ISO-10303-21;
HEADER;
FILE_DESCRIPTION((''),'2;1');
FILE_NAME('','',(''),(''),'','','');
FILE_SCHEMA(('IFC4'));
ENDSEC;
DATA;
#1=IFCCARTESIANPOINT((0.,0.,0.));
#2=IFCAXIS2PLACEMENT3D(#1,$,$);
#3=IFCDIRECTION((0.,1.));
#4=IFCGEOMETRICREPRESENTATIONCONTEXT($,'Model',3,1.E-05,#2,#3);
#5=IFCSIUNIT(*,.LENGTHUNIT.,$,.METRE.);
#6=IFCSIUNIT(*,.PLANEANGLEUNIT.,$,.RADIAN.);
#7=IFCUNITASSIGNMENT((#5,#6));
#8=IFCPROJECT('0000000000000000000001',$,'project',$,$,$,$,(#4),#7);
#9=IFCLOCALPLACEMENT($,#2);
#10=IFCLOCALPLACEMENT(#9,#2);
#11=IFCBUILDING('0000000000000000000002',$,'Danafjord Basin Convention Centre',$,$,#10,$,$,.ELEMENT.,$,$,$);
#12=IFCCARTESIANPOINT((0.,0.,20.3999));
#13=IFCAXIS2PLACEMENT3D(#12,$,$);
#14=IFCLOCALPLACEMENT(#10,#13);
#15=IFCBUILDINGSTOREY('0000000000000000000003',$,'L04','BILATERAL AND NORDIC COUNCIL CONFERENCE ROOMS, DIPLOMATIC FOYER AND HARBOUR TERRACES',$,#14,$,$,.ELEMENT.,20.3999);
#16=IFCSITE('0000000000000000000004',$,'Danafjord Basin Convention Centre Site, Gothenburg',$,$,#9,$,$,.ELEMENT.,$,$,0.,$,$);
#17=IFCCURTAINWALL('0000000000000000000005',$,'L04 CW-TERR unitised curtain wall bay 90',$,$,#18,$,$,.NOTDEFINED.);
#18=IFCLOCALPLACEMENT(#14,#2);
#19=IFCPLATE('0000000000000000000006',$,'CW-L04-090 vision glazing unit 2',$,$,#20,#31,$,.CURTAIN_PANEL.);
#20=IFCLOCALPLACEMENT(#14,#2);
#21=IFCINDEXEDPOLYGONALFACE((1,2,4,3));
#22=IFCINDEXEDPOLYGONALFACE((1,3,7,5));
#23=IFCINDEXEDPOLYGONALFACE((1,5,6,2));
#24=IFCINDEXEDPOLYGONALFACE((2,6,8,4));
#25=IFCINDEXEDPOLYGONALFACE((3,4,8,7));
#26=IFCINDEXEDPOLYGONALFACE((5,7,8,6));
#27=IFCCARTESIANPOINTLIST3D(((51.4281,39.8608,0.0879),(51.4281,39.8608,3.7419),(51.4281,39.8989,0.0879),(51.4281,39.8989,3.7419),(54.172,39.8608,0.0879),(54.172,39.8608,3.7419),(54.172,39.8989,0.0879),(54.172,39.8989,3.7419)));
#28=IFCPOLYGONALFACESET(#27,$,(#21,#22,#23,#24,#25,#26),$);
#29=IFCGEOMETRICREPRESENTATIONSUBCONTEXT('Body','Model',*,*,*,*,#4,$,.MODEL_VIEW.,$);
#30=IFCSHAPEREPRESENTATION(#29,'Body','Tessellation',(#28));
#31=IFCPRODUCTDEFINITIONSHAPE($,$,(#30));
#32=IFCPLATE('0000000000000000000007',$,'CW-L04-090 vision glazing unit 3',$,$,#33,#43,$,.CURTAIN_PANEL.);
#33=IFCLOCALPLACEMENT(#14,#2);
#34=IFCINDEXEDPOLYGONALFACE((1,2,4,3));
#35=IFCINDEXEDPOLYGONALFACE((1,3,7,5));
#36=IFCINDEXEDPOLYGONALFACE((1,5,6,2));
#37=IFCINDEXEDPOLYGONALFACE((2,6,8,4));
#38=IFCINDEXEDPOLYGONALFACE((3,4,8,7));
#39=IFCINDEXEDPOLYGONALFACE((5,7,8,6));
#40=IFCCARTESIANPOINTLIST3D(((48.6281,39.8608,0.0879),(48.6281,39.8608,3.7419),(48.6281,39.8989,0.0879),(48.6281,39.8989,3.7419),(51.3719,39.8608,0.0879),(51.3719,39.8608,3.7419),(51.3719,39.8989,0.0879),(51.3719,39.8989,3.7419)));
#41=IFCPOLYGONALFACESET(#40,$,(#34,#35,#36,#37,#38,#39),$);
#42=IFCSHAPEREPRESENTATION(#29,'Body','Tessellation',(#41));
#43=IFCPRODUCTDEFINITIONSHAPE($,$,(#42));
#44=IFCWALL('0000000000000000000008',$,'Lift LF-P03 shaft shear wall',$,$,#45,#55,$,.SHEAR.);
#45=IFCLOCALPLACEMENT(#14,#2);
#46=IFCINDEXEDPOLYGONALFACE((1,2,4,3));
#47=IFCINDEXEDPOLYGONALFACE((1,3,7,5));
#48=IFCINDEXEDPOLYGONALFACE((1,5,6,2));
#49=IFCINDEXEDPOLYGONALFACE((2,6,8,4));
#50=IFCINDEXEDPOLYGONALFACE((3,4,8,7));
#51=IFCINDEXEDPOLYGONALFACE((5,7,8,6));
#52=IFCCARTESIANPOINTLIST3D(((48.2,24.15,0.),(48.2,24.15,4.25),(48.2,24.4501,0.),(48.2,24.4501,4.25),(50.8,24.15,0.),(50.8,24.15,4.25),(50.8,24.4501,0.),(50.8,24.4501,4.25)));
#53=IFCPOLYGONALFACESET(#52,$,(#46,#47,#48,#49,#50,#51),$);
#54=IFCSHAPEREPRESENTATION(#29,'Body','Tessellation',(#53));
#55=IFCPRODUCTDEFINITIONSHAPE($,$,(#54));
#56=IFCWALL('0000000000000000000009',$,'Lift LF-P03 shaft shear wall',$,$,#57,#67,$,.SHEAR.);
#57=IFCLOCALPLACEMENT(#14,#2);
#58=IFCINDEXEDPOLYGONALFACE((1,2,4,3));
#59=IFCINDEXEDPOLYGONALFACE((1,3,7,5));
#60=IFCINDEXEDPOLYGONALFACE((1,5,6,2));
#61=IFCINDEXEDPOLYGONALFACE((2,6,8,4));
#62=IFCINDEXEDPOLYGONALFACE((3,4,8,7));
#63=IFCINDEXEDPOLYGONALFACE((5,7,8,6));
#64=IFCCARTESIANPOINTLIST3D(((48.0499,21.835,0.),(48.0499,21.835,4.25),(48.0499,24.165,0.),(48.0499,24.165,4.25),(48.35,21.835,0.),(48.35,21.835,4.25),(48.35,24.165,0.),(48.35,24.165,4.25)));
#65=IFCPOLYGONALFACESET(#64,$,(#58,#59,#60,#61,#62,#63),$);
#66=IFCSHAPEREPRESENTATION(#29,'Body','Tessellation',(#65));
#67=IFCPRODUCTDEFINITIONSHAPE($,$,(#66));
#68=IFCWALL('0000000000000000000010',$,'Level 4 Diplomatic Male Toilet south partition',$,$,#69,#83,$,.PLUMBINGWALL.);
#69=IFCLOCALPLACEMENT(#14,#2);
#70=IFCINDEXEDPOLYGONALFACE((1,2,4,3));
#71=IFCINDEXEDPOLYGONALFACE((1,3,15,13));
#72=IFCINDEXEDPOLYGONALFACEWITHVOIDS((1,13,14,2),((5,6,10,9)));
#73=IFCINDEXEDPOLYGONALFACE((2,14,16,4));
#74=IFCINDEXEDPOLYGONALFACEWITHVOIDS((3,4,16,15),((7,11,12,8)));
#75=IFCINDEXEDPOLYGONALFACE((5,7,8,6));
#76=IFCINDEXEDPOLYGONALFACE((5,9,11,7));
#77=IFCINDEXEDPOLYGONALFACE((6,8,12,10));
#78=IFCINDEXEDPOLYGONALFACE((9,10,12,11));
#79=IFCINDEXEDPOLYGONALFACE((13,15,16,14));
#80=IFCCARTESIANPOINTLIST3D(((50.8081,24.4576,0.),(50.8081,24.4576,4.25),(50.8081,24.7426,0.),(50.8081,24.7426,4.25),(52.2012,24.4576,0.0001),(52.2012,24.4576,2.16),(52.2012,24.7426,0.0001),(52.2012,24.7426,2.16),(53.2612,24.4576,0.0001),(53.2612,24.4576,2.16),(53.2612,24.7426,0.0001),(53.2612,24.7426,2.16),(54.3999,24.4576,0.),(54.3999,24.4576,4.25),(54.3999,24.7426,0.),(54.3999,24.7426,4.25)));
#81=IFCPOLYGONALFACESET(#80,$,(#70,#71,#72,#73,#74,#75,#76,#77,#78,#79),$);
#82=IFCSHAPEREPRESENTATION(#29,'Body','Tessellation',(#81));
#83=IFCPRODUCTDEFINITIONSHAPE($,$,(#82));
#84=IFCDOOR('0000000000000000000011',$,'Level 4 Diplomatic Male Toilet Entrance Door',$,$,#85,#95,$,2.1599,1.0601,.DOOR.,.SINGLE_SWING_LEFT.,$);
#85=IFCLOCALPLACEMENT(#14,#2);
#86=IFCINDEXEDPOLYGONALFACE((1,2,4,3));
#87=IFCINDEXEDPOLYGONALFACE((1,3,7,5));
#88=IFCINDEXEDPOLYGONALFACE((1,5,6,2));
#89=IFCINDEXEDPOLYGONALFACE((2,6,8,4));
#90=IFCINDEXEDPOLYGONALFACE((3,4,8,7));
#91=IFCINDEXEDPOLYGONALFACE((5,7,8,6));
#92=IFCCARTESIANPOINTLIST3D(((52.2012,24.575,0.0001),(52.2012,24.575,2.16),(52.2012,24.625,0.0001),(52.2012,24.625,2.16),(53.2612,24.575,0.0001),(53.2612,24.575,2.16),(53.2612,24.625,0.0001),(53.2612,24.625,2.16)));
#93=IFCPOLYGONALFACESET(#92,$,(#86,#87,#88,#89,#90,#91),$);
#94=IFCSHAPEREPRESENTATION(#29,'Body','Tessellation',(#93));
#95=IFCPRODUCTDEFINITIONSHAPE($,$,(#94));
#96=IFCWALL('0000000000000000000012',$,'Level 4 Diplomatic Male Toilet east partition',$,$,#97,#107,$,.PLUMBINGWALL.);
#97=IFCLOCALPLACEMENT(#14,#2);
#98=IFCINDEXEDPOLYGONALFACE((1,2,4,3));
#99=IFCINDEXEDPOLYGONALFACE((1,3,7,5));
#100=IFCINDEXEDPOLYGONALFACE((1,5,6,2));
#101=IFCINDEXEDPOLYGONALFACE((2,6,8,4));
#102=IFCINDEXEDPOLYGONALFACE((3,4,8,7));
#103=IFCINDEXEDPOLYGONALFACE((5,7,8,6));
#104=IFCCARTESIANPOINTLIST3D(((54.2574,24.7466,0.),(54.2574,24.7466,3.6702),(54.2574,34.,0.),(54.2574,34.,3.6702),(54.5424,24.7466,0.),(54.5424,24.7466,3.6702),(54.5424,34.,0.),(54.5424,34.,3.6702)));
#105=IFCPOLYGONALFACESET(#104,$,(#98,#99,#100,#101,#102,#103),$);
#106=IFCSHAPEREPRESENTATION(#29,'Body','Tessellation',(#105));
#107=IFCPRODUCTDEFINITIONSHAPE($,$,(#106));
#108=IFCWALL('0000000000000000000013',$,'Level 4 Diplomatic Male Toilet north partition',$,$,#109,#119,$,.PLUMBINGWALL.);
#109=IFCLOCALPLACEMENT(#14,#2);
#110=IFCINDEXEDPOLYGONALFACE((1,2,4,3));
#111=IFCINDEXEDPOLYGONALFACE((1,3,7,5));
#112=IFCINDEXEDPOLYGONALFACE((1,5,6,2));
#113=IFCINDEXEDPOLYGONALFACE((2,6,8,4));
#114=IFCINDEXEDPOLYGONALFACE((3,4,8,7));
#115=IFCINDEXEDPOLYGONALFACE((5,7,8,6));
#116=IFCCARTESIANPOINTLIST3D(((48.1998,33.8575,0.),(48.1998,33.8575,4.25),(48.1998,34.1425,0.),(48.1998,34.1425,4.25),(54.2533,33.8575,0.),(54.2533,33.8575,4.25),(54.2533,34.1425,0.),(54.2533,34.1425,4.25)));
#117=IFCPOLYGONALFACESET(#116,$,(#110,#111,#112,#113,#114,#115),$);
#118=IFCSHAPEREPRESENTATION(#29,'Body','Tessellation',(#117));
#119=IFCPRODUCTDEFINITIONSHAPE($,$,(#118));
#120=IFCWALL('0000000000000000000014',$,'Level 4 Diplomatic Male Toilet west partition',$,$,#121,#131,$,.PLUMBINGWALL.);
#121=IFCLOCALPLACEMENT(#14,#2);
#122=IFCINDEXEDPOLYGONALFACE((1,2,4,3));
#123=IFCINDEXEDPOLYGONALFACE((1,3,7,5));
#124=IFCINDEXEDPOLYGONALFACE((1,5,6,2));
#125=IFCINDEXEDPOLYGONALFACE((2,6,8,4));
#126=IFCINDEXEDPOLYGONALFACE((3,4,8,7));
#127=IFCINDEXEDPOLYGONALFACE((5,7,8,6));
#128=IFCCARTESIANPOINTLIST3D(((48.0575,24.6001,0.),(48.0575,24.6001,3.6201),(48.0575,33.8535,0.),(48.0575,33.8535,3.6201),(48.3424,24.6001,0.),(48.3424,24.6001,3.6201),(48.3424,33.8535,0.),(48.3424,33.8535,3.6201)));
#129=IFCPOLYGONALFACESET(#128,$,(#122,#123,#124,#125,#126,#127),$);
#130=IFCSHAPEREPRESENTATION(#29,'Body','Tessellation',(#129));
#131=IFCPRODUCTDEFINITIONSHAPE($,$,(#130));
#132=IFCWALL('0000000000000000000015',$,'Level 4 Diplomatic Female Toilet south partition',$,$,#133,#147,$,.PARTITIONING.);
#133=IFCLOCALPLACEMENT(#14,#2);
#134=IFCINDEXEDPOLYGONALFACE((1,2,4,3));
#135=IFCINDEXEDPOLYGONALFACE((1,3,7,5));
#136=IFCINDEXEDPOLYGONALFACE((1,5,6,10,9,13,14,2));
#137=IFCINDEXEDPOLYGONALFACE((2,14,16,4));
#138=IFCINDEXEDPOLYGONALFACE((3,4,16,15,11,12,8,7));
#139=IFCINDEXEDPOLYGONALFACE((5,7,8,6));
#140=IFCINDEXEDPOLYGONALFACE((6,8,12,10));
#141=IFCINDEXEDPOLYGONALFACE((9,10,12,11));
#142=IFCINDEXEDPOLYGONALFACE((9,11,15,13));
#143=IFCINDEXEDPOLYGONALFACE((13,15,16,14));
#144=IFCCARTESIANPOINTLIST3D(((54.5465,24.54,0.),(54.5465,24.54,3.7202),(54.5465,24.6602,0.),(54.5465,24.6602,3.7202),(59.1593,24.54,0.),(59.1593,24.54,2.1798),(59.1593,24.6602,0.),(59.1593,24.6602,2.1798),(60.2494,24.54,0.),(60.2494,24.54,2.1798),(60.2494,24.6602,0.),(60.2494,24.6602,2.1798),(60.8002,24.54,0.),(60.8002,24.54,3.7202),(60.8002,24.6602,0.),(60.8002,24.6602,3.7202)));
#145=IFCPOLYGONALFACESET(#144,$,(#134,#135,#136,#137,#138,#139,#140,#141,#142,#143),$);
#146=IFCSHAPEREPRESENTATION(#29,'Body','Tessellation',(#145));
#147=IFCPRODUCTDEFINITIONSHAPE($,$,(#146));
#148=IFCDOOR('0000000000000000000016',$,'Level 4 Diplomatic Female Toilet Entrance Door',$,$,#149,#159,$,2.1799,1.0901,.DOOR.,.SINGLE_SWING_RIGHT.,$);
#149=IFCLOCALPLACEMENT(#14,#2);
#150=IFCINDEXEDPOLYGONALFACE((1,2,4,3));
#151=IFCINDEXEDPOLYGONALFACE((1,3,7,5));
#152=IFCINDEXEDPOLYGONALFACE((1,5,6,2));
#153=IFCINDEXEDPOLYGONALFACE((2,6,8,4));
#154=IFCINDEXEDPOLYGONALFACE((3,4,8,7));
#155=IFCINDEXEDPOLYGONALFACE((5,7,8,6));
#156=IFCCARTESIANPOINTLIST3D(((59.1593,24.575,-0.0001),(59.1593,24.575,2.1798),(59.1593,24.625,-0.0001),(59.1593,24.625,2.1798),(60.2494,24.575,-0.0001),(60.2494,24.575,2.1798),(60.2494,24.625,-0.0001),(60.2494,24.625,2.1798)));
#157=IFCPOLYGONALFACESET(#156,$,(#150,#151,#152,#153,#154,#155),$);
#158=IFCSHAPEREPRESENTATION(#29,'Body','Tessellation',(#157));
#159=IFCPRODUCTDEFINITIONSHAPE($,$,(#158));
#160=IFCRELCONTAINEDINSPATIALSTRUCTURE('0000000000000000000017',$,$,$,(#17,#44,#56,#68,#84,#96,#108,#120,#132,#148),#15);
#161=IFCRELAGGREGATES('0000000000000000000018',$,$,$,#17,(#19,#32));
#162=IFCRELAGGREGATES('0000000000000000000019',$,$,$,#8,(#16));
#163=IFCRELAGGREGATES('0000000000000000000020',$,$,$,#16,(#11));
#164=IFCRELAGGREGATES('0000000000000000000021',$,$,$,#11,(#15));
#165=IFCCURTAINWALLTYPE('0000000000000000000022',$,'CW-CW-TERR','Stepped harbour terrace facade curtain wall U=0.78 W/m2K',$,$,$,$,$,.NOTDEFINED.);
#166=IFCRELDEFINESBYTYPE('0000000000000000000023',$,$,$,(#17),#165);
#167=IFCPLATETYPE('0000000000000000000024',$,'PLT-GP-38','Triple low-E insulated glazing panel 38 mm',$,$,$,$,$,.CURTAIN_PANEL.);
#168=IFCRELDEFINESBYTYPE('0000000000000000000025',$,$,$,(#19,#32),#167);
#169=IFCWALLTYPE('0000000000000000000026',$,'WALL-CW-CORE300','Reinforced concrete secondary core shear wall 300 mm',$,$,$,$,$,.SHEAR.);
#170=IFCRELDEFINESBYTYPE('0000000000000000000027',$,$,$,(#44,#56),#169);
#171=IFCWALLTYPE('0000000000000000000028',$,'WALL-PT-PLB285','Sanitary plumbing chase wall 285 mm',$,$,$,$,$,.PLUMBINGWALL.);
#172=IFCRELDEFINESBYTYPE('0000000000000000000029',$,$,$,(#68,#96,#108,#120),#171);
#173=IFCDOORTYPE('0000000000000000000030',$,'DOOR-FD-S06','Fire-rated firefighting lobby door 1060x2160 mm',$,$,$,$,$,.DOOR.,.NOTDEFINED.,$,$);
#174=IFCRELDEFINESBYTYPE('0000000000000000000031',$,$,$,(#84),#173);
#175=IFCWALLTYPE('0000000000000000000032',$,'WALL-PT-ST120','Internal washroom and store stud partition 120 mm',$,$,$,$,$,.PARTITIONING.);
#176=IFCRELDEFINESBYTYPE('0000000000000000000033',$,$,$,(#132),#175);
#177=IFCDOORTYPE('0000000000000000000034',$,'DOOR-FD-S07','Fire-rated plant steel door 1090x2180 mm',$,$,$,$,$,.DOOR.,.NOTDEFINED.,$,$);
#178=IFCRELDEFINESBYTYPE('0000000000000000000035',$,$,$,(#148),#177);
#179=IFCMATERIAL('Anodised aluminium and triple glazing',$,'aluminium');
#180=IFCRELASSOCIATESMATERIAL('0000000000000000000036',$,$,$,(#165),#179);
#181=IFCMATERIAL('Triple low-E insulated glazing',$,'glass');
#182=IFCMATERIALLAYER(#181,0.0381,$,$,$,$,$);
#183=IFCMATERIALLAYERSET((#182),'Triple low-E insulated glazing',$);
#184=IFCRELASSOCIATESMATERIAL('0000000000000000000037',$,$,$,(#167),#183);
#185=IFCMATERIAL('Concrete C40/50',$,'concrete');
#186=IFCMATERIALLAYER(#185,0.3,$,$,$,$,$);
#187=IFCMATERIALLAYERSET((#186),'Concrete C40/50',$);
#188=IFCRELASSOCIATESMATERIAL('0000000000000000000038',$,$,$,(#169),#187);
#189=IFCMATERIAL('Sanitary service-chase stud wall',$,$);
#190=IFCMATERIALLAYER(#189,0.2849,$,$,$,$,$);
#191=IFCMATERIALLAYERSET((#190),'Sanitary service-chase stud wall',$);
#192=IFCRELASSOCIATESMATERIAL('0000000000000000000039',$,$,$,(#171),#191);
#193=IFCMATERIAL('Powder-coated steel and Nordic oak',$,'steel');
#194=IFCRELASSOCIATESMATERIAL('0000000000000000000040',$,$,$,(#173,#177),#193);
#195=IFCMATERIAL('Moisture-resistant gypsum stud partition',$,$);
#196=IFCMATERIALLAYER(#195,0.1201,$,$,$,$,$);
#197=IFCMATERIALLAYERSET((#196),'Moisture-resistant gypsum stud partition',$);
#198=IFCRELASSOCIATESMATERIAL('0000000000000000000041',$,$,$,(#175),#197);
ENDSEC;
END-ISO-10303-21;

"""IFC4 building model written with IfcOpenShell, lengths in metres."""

from ifc_helpers import new_model, si_unit, direction, frame, frame_2d, origin, origin_2d, place, context, subcontext, project, spatial, rectangle, extrude, material, layer, layer_set, type_object, element, fill, aggregate, save


model = new_model("IFC4")

# Units and contexts
model_context = context("Model", 3, precision=1e-05, world=origin(), true_north=direction((0.0, 1.0)))
body_context = subcontext(model_context, "Body", "Model", "MODEL_VIEW")
ifc_project = project(units=[si_unit("LENGTHUNIT", "METRE"), si_unit("PLANEANGLEUNIT", "RADIAN")], contexts=[model_context])

# Site, building, storey
site_placement = place(None, origin())
site = spatial("IfcSite", under=ifc_project, at=site_placement, Name="Danafjord Basin Convention Centre Site, Gothenburg", CompositionType="ELEMENT", RefElevation=0.0)
building_placement = place(site_placement, origin())
building = spatial("IfcBuilding", under=site, at=building_placement, Name="Danafjord Basin Convention Centre", CompositionType="ELEMENT")
storey_placement = place(building_placement, frame((0.0, 0.0, 20.3999)))
storey = spatial("IfcBuildingStorey", under=building, at=storey_placement, Name="L04", Description="BILATERAL AND NORDIC COUNCIL CONFERENCE ROOMS, DIPLOMATIC FOYER AND HARBOUR TERRACES", CompositionType="ELEMENT", Elevation=20.3999)

# Curtain wall, plates
ifc_material_1 = material(Name="Anodised aluminium and triple glazing", Category="aluminium")
curtain_wall_type = type_object("IfcCurtainWallType", Name="CW-CW-TERR", Description="Stepped harbour terrace facade curtain wall U=0.78 W/m2K", PredefinedType="NOTDEFINED", material=ifc_material_1)
curtain_wall_placement = place(storey_placement, origin())
curtain_wall = element("IfcCurtainWall", 1, at=curtain_wall_placement, inside=storey, type_object=curtain_wall_type, Name="L04 CW-TERR unitised curtain wall bay 90", PredefinedType="NOTDEFINED")
ifc_material_2 = material(Name="Triple low-E insulated glazing", Category="glass")
ifc_layer_1 = layer(ifc_material_2, 0.0381)
ifc_layer_set_1 = layer_set([ifc_layer_1], Name="Triple low-E insulated glazing")
plate_type = type_object("IfcPlateType", Name="PLT-GP-38", Description="Triple low-E insulated glazing panel 38 mm", PredefinedType="CURTAIN_PANEL", material=ifc_layer_set_1)
plate_1_placement = place(storey_placement, frame((52.8, 39.8799, 0.0879), z_axis=(0.0, 0.0, 1.0), x_axis=(-1.0, 0.0, 0.0)))
plate_1 = element("IfcPlate", 2, at=plate_1_placement, type_object=plate_type, Name="CW-L04-090 vision glazing unit 2", PredefinedType="CURTAIN_PANEL", context=body_context, shape_type="SweptSolid", body=[
    extrude(rectangle(XDim=2.7439, YDim=0.0381, at=origin_2d()), origin(), (0.0, 0.0, 1.0), 3.6541),
])
plate_2_placement = place(storey_placement, frame((50.0, 39.8799, 0.0879), z_axis=(0.0, 0.0, 1.0), x_axis=(-1.0, 0.0, 0.0)))
plate_2 = element("IfcPlate", 3, at=plate_2_placement, type_object=plate_type, Name="CW-L04-090 vision glazing unit 3", PredefinedType="CURTAIN_PANEL", context=body_context, shape_type="SweptSolid", body=[
    extrude(rectangle(XDim=2.7439, YDim=0.0381, at=origin_2d()), origin(), (0.0, 0.0, 1.0), 3.6541),
])
aggregate(curtain_wall, [plate_1, plate_2])

# Walls
ifc_material_3 = material(Name="Concrete C40/50", Category="concrete")
ifc_layer_2 = layer(ifc_material_3, 0.3)
ifc_layer_set_2 = layer_set([ifc_layer_2], Name="Concrete C40/50")
wall_type_1 = type_object("IfcWallType", Name="WALL-CW-CORE300", Description="Reinforced concrete secondary core shear wall 300 mm", PredefinedType="SHEAR", material=ifc_layer_set_2)
wall_1_placement = place(storey_placement, frame((50.8, 24.3, 0.0), z_axis=(0.0, 0.0, 1.0), x_axis=(-1.0, 0.0, 0.0)))
element("IfcWall", 4, at=wall_1_placement, inside=storey, type_object=wall_type_1, Name="Lift LF-P03 shaft shear wall", PredefinedType="SHEAR", context=body_context, shape_type="SweptSolid", body=[
    extrude(rectangle(XDim=2.6001, YDim=0.3, at=frame_2d((1.3, 0.0))), origin(), (0.0, 0.0, 1.0), 4.25),
])
wall_2_placement = place(storey_placement, frame((48.2, 24.165, 0.0), z_axis=(0.0, 0.0, 1.0), x_axis=(0.0, -1.0, 0.0)))
element("IfcWall", 5, at=wall_2_placement, inside=storey, type_object=wall_type_1, Name="Lift LF-P03 shaft shear wall", PredefinedType="SHEAR", context=body_context, shape_type="SweptSolid", body=[
    extrude(rectangle(XDim=2.3301, YDim=0.3, at=frame_2d((1.165, 0.0))), origin(), (0.0, 0.0, 1.0), 4.25),
])

# Wall, opening, door
ifc_material_4 = material(Name="Sanitary service-chase stud wall")
ifc_layer_3 = layer(ifc_material_4, 0.2849)
ifc_layer_set_3 = layer_set([ifc_layer_3], Name="Sanitary service-chase stud wall")
wall_type_2 = type_object("IfcWallType", Name="WALL-PT-PLB285", Description="Sanitary plumbing chase wall 285 mm", PredefinedType="PLUMBINGWALL", material=ifc_layer_set_3)
wall_3_placement = place(storey_placement, frame((50.8081, 24.6001, 0.0), z_axis=(0.0, 0.0, 1.0), x_axis=(1.0, 0.0, 0.0)))
wall_3 = element("IfcWall", 6, at=wall_3_placement, inside=storey, type_object=wall_type_2, Name="Level 4 Diplomatic Male Toilet south partition", PredefinedType="PLUMBINGWALL", context=body_context, shape_type="SweptSolid", body=[
    extrude(rectangle(XDim=3.5918, YDim=0.2849, at=frame_2d((1.7959, 0.0))), origin(), (0.0, 0.0, 1.0), 4.25),
])
opening_1_placement = place(wall_3_placement, frame((1.3931, 0.0, 0.0)))
opening_1 = element("IfcOpeningElement", 7, at=opening_1_placement, cuts=wall_3, PredefinedType="OPENING", context=body_context, shape_type="SweptSolid", body=[
    extrude(rectangle(XDim=1.0601, YDim=2.1599, at=frame_2d((0.53, 1.0801))), frame((0.0, 0.1523, 0.0), z_axis=(0.0, -1.0, 0.0), x_axis=(1.0, 0.0, 0.0)), (0.0, 0.0, 1.0), 0.3049),
])
ifc_material_5 = material(Name="Powder-coated steel and Nordic oak", Category="steel")
door_type_1 = type_object("IfcDoorType", Name="DOOR-FD-S06", Description="Fire-rated firefighting lobby door 1060x2160 mm", OperationType="NOTDEFINED", PredefinedType="DOOR", material=ifc_material_5)
door_1_placement = place(opening_1_placement, origin())
door_1 = element("IfcDoor", 8, at=door_1_placement, inside=storey, type_object=door_type_1, Name="Level 4 Diplomatic Male Toilet Entrance Door", OperationType="SINGLE_SWING_LEFT", OverallHeight=2.1599, OverallWidth=1.0601, PredefinedType="DOOR", context=body_context, shape_type="SweptSolid", body=[
    extrude(rectangle(XDim=1.0601, YDim=2.1599, at=frame_2d((0.53, 1.0801))), frame((0.0, 0.0249, 0.0), z_axis=(0.0, -1.0, 0.0), x_axis=(1.0, 0.0, 0.0)), (0.0, 0.0, 1.0), 0.05),
])
fill(opening_1, door_1)

# Walls
wall_4_placement = place(storey_placement, frame((54.3999, 24.7466, 0.0), z_axis=(0.0, 0.0, 1.0), x_axis=(0.0, 1.0, 0.0)))
element("IfcWall", 9, at=wall_4_placement, inside=storey, type_object=wall_type_2, Name="Level 4 Diplomatic Male Toilet east partition", PredefinedType="PLUMBINGWALL", context=body_context, shape_type="SweptSolid", body=[
    extrude(rectangle(XDim=9.2534, YDim=0.2849, at=frame_2d((4.6267, 0.0))), origin(), (0.0, 0.0, 1.0), 3.6702),
])
wall_5_placement = place(storey_placement, frame((54.2534, 34.0, 0.0), z_axis=(0.0, 0.0, 1.0), x_axis=(-1.0, 0.0, 0.0)))
element("IfcWall", 10, at=wall_5_placement, inside=storey, type_object=wall_type_2, Name="Level 4 Diplomatic Male Toilet north partition", PredefinedType="PLUMBINGWALL", context=body_context, shape_type="SweptSolid", body=[
    extrude(rectangle(XDim=6.0535, YDim=0.2849, at=frame_2d((3.0269, 0.0))), origin(), (0.0, 0.0, 1.0), 4.25),
])
wall_6_placement = place(storey_placement, frame((48.2, 33.8535, 0.0), z_axis=(0.0, 0.0, 1.0), x_axis=(0.0, -1.0, 0.0)))
element("IfcWall", 11, at=wall_6_placement, inside=storey, type_object=wall_type_2, Name="Level 4 Diplomatic Male Toilet west partition", PredefinedType="PLUMBINGWALL", context=body_context, shape_type="SweptSolid", body=[
    extrude(rectangle(XDim=9.2534, YDim=0.2849, at=frame_2d((4.6267, 0.0))), origin(), (0.0, 0.0, 1.0), 3.6201),
])

# Wall, opening, door
ifc_material_6 = material(Name="Moisture-resistant gypsum stud partition")
ifc_layer_4 = layer(ifc_material_6, 0.1201)
ifc_layer_set_4 = layer_set([ifc_layer_4], Name="Moisture-resistant gypsum stud partition")
wall_type_3 = type_object("IfcWallType", Name="WALL-PT-ST120", Description="Internal washroom and store stud partition 120 mm", PredefinedType="PARTITIONING", material=ifc_layer_set_4)
wall_7_placement = place(storey_placement, frame((54.5464, 24.6001, 0.0), z_axis=(0.0, 0.0, 1.0), x_axis=(1.0, 0.0, 0.0)))
wall_7 = element("IfcWall", 12, at=wall_7_placement, inside=storey, type_object=wall_type_3, Name="Level 4 Diplomatic Female Toilet south partition", PredefinedType="PARTITIONING", context=body_context, shape_type="SweptSolid", body=[
    extrude(rectangle(XDim=6.2537, YDim=0.1201, at=frame_2d((3.127, 0.0))), origin(), (0.0, 0.0, 1.0), 3.7202),
])
opening_2_placement = place(wall_7_placement, frame((4.613, 0.0, 0.0)))
opening_2 = element("IfcOpeningElement", 13, at=opening_2_placement, cuts=wall_7, PredefinedType="OPENING", context=body_context, shape_type="SweptSolid", body=[
    extrude(rectangle(XDim=1.0901, YDim=2.1799, at=frame_2d((0.5449, 1.0898))), frame((0.0, 0.0701, 0.0), z_axis=(0.0, -1.0, 0.0), x_axis=(1.0, 0.0, 0.0)), (0.0, 0.0, 1.0), 0.1401),
])
door_type_2 = type_object("IfcDoorType", Name="DOOR-FD-S07", Description="Fire-rated plant steel door 1090x2180 mm", OperationType="NOTDEFINED", PredefinedType="DOOR", material=ifc_material_5)
door_2_placement = place(opening_2_placement, origin())
door_2 = element("IfcDoor", 14, at=door_2_placement, inside=storey, type_object=door_type_2, Name="Level 4 Diplomatic Female Toilet Entrance Door", OperationType="SINGLE_SWING_RIGHT", OverallHeight=2.1799, OverallWidth=1.0901, PredefinedType="DOOR", context=body_context, shape_type="SweptSolid", body=[
    extrude(rectangle(XDim=1.0901, YDim=2.1799, at=frame_2d((0.5449, 1.0898))), frame((0.0, 0.0249, 0.0), z_axis=(0.0, -1.0, 0.0), x_axis=(1.0, 0.0, 0.0)), (0.0, 0.0, 1.0), 0.05),
])
fill(opening_2, door_2)

save(model, "model.ifc")
